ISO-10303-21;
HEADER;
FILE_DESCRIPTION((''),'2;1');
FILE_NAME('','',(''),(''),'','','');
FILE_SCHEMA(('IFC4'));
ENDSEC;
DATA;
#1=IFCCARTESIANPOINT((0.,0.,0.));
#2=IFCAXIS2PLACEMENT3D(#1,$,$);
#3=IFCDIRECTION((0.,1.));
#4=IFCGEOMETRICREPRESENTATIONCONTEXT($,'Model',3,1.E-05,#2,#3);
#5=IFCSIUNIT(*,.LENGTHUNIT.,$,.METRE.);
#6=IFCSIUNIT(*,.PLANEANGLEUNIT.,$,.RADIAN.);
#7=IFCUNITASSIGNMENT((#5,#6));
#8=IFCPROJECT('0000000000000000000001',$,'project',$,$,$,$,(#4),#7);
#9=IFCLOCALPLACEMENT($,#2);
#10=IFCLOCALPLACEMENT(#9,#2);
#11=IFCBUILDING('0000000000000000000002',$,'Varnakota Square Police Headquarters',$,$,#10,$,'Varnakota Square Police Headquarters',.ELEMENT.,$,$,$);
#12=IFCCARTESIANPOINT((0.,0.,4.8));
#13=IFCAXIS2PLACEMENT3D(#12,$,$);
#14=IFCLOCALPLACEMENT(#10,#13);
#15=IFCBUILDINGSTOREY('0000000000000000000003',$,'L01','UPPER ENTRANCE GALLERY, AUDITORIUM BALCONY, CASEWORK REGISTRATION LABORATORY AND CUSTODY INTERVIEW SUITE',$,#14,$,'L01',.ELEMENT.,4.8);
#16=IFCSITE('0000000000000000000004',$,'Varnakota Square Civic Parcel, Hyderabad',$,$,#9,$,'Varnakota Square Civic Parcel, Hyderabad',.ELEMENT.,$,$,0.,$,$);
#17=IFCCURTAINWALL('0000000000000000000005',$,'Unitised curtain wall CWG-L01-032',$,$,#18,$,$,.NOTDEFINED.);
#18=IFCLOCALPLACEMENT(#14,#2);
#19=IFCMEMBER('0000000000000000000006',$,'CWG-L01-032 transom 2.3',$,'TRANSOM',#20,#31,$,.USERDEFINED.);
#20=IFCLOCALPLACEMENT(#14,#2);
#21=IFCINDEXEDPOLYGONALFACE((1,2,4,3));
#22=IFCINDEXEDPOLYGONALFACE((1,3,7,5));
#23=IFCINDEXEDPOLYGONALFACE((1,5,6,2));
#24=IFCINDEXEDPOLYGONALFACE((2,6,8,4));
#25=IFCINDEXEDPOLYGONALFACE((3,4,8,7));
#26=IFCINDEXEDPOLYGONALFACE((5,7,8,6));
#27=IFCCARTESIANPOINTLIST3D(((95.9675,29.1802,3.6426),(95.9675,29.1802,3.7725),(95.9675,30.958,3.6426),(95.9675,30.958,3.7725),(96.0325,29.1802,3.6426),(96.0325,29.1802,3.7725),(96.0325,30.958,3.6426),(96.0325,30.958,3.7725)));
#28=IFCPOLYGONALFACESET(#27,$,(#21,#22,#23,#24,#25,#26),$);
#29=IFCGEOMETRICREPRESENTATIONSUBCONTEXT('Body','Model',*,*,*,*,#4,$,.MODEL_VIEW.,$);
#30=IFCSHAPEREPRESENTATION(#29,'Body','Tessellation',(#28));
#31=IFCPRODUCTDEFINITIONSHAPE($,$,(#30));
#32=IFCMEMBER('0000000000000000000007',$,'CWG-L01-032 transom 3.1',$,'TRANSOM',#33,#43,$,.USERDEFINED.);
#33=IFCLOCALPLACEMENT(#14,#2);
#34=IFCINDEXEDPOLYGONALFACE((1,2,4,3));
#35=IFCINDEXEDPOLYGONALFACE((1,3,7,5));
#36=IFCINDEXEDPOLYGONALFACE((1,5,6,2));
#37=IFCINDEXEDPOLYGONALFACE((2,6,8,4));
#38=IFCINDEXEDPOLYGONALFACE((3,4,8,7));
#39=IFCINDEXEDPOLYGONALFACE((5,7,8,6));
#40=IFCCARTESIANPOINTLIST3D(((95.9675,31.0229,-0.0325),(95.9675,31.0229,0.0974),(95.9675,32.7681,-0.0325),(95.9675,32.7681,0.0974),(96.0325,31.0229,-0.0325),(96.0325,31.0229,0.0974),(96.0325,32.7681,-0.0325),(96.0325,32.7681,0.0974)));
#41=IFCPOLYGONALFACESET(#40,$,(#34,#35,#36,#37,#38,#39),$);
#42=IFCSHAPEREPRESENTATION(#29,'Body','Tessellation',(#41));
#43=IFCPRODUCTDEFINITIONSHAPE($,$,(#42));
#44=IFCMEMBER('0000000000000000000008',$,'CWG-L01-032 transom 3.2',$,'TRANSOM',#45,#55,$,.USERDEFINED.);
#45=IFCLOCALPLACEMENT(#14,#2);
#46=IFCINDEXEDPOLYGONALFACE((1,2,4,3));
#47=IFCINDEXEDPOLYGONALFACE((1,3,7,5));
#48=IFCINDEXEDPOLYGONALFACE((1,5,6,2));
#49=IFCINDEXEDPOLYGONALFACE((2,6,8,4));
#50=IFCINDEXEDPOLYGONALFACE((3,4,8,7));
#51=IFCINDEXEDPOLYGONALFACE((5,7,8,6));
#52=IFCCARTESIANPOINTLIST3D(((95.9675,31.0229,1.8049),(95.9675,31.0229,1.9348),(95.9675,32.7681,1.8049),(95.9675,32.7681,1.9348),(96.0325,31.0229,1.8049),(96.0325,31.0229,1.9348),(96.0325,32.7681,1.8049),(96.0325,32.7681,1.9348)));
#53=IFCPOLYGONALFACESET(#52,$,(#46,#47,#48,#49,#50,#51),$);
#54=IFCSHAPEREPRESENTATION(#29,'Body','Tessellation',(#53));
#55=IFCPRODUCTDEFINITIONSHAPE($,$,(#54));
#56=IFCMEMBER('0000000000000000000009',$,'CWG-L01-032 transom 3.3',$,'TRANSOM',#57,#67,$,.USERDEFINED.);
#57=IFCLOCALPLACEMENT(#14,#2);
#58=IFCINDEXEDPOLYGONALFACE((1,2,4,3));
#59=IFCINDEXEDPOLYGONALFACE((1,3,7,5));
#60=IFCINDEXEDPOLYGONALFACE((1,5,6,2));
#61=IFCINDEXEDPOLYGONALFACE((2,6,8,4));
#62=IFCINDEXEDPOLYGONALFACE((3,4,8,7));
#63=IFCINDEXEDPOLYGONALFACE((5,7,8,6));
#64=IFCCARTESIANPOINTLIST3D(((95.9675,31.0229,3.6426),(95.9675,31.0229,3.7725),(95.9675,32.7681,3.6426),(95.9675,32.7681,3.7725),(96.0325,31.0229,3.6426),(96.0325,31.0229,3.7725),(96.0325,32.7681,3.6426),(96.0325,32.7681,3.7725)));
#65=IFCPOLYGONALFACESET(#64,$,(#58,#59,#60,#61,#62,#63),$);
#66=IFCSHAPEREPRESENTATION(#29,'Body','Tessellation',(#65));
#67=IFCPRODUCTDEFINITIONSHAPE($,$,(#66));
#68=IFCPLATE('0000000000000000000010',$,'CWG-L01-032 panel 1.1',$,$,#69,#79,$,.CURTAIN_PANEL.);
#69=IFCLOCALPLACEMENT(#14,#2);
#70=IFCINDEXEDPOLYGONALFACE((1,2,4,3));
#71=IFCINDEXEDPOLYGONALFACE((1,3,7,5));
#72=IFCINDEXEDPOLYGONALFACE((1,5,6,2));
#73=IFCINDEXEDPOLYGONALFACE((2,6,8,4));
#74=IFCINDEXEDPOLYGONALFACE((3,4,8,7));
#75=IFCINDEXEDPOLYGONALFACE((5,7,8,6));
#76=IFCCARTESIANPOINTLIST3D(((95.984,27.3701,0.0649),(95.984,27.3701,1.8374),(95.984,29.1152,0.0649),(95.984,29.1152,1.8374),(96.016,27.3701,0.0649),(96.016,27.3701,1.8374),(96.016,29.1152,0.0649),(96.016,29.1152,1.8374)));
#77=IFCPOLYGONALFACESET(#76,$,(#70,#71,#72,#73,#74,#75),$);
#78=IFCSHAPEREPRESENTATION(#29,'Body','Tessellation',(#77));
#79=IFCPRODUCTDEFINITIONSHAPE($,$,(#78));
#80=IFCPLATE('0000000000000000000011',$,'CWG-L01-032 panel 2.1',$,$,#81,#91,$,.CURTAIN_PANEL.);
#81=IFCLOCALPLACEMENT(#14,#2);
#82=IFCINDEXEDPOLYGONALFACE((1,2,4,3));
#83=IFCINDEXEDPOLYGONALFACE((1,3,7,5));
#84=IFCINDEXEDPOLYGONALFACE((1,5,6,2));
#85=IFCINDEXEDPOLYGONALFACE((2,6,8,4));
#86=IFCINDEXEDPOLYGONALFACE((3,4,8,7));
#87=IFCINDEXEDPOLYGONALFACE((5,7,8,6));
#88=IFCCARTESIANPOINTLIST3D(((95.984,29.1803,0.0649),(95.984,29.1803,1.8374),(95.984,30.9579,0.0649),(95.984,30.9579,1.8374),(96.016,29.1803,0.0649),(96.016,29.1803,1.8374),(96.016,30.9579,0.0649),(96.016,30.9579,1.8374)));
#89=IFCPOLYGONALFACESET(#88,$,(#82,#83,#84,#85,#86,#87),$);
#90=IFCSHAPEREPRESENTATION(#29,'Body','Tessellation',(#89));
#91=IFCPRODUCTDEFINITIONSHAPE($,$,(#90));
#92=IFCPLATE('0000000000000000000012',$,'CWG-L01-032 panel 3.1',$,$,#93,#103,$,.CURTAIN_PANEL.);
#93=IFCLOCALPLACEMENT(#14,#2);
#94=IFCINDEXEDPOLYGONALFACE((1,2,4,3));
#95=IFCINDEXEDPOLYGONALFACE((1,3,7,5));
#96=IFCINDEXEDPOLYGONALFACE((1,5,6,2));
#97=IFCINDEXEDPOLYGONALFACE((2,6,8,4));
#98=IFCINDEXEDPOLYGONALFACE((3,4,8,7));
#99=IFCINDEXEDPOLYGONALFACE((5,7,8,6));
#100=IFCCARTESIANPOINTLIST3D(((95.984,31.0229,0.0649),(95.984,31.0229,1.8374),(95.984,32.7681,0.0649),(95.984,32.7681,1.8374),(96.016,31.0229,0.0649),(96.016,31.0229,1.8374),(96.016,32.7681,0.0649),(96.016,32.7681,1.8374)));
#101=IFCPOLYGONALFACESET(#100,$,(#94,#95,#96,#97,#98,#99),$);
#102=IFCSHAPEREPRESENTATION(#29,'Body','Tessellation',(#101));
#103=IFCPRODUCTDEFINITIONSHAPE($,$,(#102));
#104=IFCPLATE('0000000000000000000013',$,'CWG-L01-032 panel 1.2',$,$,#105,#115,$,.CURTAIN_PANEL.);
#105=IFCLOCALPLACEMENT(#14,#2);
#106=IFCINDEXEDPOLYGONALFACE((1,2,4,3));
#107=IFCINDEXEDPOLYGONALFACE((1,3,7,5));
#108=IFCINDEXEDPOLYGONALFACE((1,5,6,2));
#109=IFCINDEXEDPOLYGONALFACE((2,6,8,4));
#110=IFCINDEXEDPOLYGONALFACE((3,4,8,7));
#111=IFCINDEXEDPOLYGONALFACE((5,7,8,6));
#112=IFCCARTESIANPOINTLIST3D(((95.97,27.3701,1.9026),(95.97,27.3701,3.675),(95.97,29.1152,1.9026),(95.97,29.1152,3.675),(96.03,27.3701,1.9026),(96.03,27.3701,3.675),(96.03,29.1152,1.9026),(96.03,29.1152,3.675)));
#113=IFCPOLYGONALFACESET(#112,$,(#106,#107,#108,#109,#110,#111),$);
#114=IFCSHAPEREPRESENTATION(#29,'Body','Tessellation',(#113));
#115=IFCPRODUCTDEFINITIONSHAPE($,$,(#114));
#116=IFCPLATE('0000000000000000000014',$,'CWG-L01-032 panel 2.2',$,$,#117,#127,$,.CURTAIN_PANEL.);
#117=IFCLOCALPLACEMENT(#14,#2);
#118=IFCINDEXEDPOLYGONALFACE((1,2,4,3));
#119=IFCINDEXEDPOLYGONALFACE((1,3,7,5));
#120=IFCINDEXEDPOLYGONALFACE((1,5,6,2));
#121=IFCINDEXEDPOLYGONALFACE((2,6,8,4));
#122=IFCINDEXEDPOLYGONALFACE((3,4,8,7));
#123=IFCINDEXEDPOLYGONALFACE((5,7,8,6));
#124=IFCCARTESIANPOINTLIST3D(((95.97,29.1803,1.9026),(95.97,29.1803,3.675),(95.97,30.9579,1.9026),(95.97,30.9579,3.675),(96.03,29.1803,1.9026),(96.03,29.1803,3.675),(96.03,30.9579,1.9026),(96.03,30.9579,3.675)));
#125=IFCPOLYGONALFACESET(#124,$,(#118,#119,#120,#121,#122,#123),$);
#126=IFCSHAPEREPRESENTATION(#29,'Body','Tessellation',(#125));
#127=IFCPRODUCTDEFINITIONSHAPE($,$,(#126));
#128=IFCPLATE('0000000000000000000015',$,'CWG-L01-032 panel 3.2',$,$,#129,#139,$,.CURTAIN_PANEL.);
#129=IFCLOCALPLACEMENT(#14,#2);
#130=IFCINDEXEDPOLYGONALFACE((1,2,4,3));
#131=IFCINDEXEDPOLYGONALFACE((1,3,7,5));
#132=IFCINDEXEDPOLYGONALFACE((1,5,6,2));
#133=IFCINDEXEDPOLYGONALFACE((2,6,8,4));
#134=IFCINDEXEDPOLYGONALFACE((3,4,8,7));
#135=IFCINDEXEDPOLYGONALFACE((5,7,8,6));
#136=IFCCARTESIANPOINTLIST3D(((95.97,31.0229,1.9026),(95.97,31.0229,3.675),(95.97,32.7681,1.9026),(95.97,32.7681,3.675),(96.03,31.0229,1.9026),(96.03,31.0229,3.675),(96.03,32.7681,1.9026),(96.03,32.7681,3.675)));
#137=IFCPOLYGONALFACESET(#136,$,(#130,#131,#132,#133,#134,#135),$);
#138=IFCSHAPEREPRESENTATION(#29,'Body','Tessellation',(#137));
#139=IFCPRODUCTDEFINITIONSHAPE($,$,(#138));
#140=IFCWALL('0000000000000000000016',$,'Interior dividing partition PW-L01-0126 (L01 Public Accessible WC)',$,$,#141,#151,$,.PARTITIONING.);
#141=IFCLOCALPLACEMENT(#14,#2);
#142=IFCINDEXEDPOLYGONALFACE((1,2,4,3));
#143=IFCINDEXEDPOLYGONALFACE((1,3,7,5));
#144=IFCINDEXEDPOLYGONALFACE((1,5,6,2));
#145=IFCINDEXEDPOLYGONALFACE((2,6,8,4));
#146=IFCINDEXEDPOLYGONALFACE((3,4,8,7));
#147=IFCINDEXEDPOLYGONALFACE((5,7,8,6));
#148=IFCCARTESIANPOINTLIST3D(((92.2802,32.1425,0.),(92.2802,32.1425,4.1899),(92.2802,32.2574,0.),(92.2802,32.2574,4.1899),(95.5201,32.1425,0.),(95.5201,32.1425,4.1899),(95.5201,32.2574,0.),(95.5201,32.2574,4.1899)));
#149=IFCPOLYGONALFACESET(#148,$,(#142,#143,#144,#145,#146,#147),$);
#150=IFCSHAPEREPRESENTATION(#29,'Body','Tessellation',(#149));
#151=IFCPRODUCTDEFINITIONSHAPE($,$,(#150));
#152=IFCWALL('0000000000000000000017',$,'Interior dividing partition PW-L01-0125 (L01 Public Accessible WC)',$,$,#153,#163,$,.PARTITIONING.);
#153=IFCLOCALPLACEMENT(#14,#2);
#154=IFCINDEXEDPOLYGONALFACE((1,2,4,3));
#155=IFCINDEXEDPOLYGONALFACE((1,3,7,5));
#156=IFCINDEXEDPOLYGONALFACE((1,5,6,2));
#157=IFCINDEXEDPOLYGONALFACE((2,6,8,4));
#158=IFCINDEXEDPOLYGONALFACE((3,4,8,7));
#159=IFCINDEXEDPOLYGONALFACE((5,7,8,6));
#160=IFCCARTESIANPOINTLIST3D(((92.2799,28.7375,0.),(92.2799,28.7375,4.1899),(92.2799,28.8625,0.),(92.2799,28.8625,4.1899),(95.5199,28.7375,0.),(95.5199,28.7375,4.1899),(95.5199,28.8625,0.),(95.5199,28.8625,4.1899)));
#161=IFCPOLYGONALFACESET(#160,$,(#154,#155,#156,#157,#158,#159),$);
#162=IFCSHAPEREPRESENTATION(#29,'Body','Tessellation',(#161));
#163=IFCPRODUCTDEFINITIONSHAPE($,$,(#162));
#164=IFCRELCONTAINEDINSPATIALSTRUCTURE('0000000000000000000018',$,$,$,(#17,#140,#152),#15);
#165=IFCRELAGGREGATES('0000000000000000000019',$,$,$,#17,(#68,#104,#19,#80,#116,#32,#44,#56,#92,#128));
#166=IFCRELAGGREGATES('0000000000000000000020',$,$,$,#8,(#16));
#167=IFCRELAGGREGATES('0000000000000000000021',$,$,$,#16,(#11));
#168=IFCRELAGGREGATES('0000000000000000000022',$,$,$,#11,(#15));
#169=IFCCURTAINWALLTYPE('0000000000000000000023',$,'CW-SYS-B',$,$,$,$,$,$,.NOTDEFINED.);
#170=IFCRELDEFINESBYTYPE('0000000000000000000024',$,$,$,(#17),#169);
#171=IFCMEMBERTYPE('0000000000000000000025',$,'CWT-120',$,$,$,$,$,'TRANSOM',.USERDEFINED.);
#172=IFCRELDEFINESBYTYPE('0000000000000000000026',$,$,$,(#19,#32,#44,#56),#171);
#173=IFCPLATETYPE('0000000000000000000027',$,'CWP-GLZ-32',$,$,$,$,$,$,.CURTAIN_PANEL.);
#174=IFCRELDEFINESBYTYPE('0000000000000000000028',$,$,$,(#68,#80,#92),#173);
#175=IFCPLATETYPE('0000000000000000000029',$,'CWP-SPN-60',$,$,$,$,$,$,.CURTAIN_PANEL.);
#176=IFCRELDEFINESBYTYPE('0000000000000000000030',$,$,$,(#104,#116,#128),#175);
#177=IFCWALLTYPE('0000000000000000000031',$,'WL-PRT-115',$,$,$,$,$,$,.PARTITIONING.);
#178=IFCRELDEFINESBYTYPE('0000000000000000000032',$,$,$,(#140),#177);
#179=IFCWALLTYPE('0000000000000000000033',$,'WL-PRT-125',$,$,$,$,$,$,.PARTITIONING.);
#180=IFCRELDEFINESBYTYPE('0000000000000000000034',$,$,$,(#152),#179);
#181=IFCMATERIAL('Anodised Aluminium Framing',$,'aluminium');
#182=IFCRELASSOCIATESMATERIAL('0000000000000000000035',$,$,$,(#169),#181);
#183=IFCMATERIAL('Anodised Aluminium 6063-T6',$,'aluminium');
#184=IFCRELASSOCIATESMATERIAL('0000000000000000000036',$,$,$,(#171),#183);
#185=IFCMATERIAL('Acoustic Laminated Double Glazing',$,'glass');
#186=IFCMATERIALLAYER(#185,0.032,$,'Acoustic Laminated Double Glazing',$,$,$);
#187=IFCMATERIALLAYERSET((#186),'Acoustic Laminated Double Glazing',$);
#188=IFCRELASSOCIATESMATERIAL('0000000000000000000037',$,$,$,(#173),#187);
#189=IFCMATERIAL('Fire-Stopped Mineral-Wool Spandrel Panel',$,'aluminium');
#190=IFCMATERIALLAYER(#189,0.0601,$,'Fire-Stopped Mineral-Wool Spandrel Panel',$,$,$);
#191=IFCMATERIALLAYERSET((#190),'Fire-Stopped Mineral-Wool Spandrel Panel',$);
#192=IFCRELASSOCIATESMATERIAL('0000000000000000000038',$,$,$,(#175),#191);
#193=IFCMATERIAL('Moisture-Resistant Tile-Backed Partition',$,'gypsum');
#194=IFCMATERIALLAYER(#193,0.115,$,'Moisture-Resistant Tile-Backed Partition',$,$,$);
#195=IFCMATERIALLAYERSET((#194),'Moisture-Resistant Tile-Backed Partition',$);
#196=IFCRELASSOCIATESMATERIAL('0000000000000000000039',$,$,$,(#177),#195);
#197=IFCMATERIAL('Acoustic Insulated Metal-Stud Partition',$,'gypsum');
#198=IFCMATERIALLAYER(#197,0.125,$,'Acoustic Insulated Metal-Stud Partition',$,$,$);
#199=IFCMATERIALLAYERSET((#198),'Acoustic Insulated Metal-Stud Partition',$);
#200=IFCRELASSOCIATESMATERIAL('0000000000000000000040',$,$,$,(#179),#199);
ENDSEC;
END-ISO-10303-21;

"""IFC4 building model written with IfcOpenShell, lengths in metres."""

from ifc_helpers import new_model, si_unit, direction, frame, frame_2d, origin, origin_2d, place, context, subcontext, project, spatial, rectangle, extrude, material, layer, layer_set, material_profile, profile_set, type_object, element, aggregate, save


model = new_model("IFC4")

# Units and contexts
model_context = context("Model", 3, precision=1e-05, world=origin(), true_north=direction((0.0, 1.0)))
body_context = subcontext(model_context, "Body", "Model", "MODEL_VIEW")
ifc_project = project(units=[si_unit("LENGTHUNIT", "METRE"), si_unit("PLANEANGLEUNIT", "RADIAN")], contexts=[model_context])

# Site, building, storey
site_placement = place(None, origin())
site = spatial("IfcSite", under=ifc_project, at=site_placement, Name="Varnakota Square Civic Parcel, Hyderabad", LongName="Varnakota Square Civic Parcel, Hyderabad", CompositionType="ELEMENT", RefElevation=0.0)
building_placement = place(site_placement, origin())
building = spatial("IfcBuilding", under=site, at=building_placement, Name="Varnakota Square Police Headquarters", LongName="Varnakota Square Police Headquarters", CompositionType="ELEMENT")
storey_placement = place(building_placement, frame((0.0, 0.0, 4.8)))
storey = spatial("IfcBuildingStorey", under=building, at=storey_placement, Name="L01", Description="UPPER ENTRANCE GALLERY, AUDITORIUM BALCONY, CASEWORK REGISTRATION LABORATORY AND CUSTODY INTERVIEW SUITE", LongName="L01", CompositionType="ELEMENT", Elevation=4.8)

# Curtain wall, members, plates
ifc_material_1 = material(Name="Anodised Aluminium Framing", Category="aluminium")
curtain_wall_type = type_object("IfcCurtainWallType", Name="CW-SYS-B", PredefinedType="NOTDEFINED", material=ifc_material_1)
curtain_wall_placement = place(storey_placement, origin())
curtain_wall = element("IfcCurtainWall", 1, at=curtain_wall_placement, inside=storey, type_object=curtain_wall_type, Name="Unitised curtain wall CWG-L01-032", PredefinedType="NOTDEFINED")
ifc_material_2 = material(Name="Anodised Aluminium 6063-T6", Category="aluminium")
ifc_material_profile_1 = material_profile(ifc_material_2, rectangle(XDim=0.0649, YDim=0.1299, at=origin_2d()), Name="ALU TRANSOM 65x130")
ifc_profile_set_1 = profile_set([ifc_material_profile_1], Name="Anodised Aluminium 6063-T6")
member_type_1 = type_object("IfcMemberType", Name="CWT-120", ElementType="TRANSOM", PredefinedType="USERDEFINED", material=ifc_profile_set_1)
member_1_placement = place(storey_placement, frame((96.0, 29.1802, 3.7075), z_axis=(0.0, 1.0, 0.0), x_axis=(-1.0, 0.0, 0.0)))
member_1 = element("IfcMember", 2, at=member_1_placement, type_object=member_type_1, Name="CWG-L01-032 transom 2.3", ObjectType="TRANSOM", PredefinedType="USERDEFINED", context=body_context, shape_type="SweptSolid", body=[
    extrude(rectangle(XDim=0.0649, YDim=0.1299, at=origin_2d()), origin(), (0.0, 0.0, 1.0), 1.7778),
])
member_2_placement = place(storey_placement, frame((96.0, 31.0229, 0.0325), z_axis=(0.0, 1.0, 0.0), x_axis=(-1.0, 0.0, 0.0)))
member_2 = element("IfcMember", 3, at=member_2_placement, type_object=member_type_1, Name="CWG-L01-032 transom 3.1", ObjectType="TRANSOM", PredefinedType="USERDEFINED", context=body_context, shape_type="SweptSolid", body=[
    extrude(rectangle(XDim=0.0649, YDim=0.1299, at=origin_2d()), origin(), (0.0, 0.0, 1.0), 1.7451),
])
member_3_placement = place(storey_placement, frame((96.0, 31.0229, 1.8699), z_axis=(0.0, 1.0, 0.0), x_axis=(-1.0, 0.0, 0.0)))
member_3 = element("IfcMember", 4, at=member_3_placement, type_object=member_type_1, Name="CWG-L01-032 transom 3.2", ObjectType="TRANSOM", PredefinedType="USERDEFINED", context=body_context, shape_type="SweptSolid", body=[
    extrude(rectangle(XDim=0.0649, YDim=0.1299, at=origin_2d()), origin(), (0.0, 0.0, 1.0), 1.7451),
])
member_4_placement = place(storey_placement, frame((96.0, 31.0229, 3.7075), z_axis=(0.0, 1.0, 0.0), x_axis=(-1.0, 0.0, 0.0)))
member_4 = element("IfcMember", 5, at=member_4_placement, type_object=member_type_1, Name="CWG-L01-032 transom 3.3", ObjectType="TRANSOM", PredefinedType="USERDEFINED", context=body_context, shape_type="SweptSolid", body=[
    extrude(rectangle(XDim=0.0649, YDim=0.1299, at=origin_2d()), origin(), (0.0, 0.0, 1.0), 1.7451),
])
ifc_material_3 = material(Name="Acoustic Laminated Double Glazing", Category="glass")
ifc_layer_1 = layer(ifc_material_3, 0.032, Name="Acoustic Laminated Double Glazing")
ifc_layer_set_1 = layer_set([ifc_layer_1], Name="Acoustic Laminated Double Glazing")
plate_type_1 = type_object("IfcPlateType", Name="CWP-GLZ-32", PredefinedType="CURTAIN_PANEL", material=ifc_layer_set_1)
plate_1_placement = place(storey_placement, frame((96.0, 28.2427, 0.0649), z_axis=(0.0, 0.0, 1.0), x_axis=(0.0, 1.0, 0.0)))
plate_1 = element("IfcPlate", 6, at=plate_1_placement, type_object=plate_type_1, Name="CWG-L01-032 panel 1.1", PredefinedType="CURTAIN_PANEL", context=body_context, shape_type="SweptSolid", body=[
    extrude(rectangle(XDim=1.7451, YDim=0.032, at=origin_2d()), origin(), (0.0, 0.0, 1.0), 1.7725),
])
plate_2_placement = place(storey_placement, frame((96.0, 30.0691, 0.0649), z_axis=(0.0, 0.0, 1.0), x_axis=(0.0, 1.0, 0.0)))
plate_2 = element("IfcPlate", 7, at=plate_2_placement, type_object=plate_type_1, Name="CWG-L01-032 panel 2.1", PredefinedType="CURTAIN_PANEL", context=body_context, shape_type="SweptSolid", body=[
    extrude(rectangle(XDim=1.7776, YDim=0.032, at=origin_2d()), origin(), (0.0, 0.0, 1.0), 1.7725),
])
plate_3_placement = place(storey_placement, frame((96.0, 31.8955, 0.0649), z_axis=(0.0, 0.0, 1.0), x_axis=(0.0, 1.0, 0.0)))
plate_3 = element("IfcPlate", 8, at=plate_3_placement, type_object=plate_type_1, Name="CWG-L01-032 panel 3.1", PredefinedType="CURTAIN_PANEL", context=body_context, shape_type="SweptSolid", body=[
    extrude(rectangle(XDim=1.7451, YDim=0.032, at=origin_2d()), origin(), (0.0, 0.0, 1.0), 1.7725),
])
ifc_material_4 = material(Name="Fire-Stopped Mineral-Wool Spandrel Panel", Category="aluminium")
ifc_layer_2 = layer(ifc_material_4, 0.0601, Name="Fire-Stopped Mineral-Wool Spandrel Panel")
ifc_layer_set_2 = layer_set([ifc_layer_2], Name="Fire-Stopped Mineral-Wool Spandrel Panel")
plate_type_2 = type_object("IfcPlateType", Name="CWP-SPN-60", PredefinedType="CURTAIN_PANEL", material=ifc_layer_set_2)
plate_4_placement = place(storey_placement, frame((96.0, 28.2427, 1.9026), z_axis=(0.0, 0.0, 1.0), x_axis=(0.0, 1.0, 0.0)))
plate_4 = element("IfcPlate", 9, at=plate_4_placement, type_object=plate_type_2, Name="CWG-L01-032 panel 1.2", PredefinedType="CURTAIN_PANEL", context=body_context, shape_type="SweptSolid", body=[
    extrude(rectangle(XDim=1.7451, YDim=0.0601, at=origin_2d()), origin(), (0.0, 0.0, 1.0), 1.7725),
])
plate_5_placement = place(storey_placement, frame((96.0, 30.0691, 1.9026), z_axis=(0.0, 0.0, 1.0), x_axis=(0.0, 1.0, 0.0)))
plate_5 = element("IfcPlate", 10, at=plate_5_placement, type_object=plate_type_2, Name="CWG-L01-032 panel 2.2", PredefinedType="CURTAIN_PANEL", context=body_context, shape_type="SweptSolid", body=[
    extrude(rectangle(XDim=1.7776, YDim=0.0601, at=origin_2d()), origin(), (0.0, 0.0, 1.0), 1.7725),
])
plate_6_placement = place(storey_placement, frame((96.0, 31.8955, 1.9026), z_axis=(0.0, 0.0, 1.0), x_axis=(0.0, 1.0, 0.0)))
plate_6 = element("IfcPlate", 11, at=plate_6_placement, type_object=plate_type_2, Name="CWG-L01-032 panel 3.2", PredefinedType="CURTAIN_PANEL", context=body_context, shape_type="SweptSolid", body=[
    extrude(rectangle(XDim=1.7451, YDim=0.0601, at=origin_2d()), origin(), (0.0, 0.0, 1.0), 1.7725),
])
aggregate(curtain_wall, [plate_1, plate_4, member_1, plate_2, plate_5, member_2, member_3, member_4, plate_3, plate_6])

# Walls
ifc_material_5 = material(Name="Moisture-Resistant Tile-Backed Partition", Category="gypsum")
ifc_layer_3 = layer(ifc_material_5, 0.115, Name="Moisture-Resistant Tile-Backed Partition")
ifc_layer_set_3 = layer_set([ifc_layer_3], Name="Moisture-Resistant Tile-Backed Partition")
wall_type_1 = type_object("IfcWallType", Name="WL-PRT-115", PredefinedType="PARTITIONING", material=ifc_layer_set_3)
wall_1_placement = place(storey_placement, frame((92.28, 32.2, 0.0), z_axis=(0.0, 0.0, 1.0), x_axis=(1.0, 0.0, 0.0)))
element("IfcWall", 12, at=wall_1_placement, inside=storey, type_object=wall_type_1, Name="Interior dividing partition PW-L01-0126 (L01 Public Accessible WC)", PredefinedType="PARTITIONING", context=body_context, shape_type="SweptSolid", body=[
    extrude(rectangle(XDim=3.24, YDim=0.115, at=frame_2d((1.6201, 0.0))), origin(), (0.0, 0.0, 1.0), 4.1899),
])
ifc_material_6 = material(Name="Acoustic Insulated Metal-Stud Partition", Category="gypsum")
ifc_layer_4 = layer(ifc_material_6, 0.125, Name="Acoustic Insulated Metal-Stud Partition")
ifc_layer_set_4 = layer_set([ifc_layer_4], Name="Acoustic Insulated Metal-Stud Partition")
wall_type_2 = type_object("IfcWallType", Name="WL-PRT-125", PredefinedType="PARTITIONING", material=ifc_layer_set_4)
wall_2_placement = place(storey_placement, frame((95.52, 28.8, 0.0), z_axis=(0.0, 0.0, 1.0), x_axis=(-1.0, 0.0, 0.0)))
element("IfcWall", 13, at=wall_2_placement, inside=storey, type_object=wall_type_2, Name="Interior dividing partition PW-L01-0125 (L01 Public Accessible WC)", PredefinedType="PARTITIONING", context=body_context, shape_type="SweptSolid", body=[
    extrude(rectangle(XDim=3.24, YDim=0.125, at=frame_2d((1.6201, 0.0))), origin(), (0.0, 0.0, 1.0), 4.1899),
])

save(model, "model.ifc")
